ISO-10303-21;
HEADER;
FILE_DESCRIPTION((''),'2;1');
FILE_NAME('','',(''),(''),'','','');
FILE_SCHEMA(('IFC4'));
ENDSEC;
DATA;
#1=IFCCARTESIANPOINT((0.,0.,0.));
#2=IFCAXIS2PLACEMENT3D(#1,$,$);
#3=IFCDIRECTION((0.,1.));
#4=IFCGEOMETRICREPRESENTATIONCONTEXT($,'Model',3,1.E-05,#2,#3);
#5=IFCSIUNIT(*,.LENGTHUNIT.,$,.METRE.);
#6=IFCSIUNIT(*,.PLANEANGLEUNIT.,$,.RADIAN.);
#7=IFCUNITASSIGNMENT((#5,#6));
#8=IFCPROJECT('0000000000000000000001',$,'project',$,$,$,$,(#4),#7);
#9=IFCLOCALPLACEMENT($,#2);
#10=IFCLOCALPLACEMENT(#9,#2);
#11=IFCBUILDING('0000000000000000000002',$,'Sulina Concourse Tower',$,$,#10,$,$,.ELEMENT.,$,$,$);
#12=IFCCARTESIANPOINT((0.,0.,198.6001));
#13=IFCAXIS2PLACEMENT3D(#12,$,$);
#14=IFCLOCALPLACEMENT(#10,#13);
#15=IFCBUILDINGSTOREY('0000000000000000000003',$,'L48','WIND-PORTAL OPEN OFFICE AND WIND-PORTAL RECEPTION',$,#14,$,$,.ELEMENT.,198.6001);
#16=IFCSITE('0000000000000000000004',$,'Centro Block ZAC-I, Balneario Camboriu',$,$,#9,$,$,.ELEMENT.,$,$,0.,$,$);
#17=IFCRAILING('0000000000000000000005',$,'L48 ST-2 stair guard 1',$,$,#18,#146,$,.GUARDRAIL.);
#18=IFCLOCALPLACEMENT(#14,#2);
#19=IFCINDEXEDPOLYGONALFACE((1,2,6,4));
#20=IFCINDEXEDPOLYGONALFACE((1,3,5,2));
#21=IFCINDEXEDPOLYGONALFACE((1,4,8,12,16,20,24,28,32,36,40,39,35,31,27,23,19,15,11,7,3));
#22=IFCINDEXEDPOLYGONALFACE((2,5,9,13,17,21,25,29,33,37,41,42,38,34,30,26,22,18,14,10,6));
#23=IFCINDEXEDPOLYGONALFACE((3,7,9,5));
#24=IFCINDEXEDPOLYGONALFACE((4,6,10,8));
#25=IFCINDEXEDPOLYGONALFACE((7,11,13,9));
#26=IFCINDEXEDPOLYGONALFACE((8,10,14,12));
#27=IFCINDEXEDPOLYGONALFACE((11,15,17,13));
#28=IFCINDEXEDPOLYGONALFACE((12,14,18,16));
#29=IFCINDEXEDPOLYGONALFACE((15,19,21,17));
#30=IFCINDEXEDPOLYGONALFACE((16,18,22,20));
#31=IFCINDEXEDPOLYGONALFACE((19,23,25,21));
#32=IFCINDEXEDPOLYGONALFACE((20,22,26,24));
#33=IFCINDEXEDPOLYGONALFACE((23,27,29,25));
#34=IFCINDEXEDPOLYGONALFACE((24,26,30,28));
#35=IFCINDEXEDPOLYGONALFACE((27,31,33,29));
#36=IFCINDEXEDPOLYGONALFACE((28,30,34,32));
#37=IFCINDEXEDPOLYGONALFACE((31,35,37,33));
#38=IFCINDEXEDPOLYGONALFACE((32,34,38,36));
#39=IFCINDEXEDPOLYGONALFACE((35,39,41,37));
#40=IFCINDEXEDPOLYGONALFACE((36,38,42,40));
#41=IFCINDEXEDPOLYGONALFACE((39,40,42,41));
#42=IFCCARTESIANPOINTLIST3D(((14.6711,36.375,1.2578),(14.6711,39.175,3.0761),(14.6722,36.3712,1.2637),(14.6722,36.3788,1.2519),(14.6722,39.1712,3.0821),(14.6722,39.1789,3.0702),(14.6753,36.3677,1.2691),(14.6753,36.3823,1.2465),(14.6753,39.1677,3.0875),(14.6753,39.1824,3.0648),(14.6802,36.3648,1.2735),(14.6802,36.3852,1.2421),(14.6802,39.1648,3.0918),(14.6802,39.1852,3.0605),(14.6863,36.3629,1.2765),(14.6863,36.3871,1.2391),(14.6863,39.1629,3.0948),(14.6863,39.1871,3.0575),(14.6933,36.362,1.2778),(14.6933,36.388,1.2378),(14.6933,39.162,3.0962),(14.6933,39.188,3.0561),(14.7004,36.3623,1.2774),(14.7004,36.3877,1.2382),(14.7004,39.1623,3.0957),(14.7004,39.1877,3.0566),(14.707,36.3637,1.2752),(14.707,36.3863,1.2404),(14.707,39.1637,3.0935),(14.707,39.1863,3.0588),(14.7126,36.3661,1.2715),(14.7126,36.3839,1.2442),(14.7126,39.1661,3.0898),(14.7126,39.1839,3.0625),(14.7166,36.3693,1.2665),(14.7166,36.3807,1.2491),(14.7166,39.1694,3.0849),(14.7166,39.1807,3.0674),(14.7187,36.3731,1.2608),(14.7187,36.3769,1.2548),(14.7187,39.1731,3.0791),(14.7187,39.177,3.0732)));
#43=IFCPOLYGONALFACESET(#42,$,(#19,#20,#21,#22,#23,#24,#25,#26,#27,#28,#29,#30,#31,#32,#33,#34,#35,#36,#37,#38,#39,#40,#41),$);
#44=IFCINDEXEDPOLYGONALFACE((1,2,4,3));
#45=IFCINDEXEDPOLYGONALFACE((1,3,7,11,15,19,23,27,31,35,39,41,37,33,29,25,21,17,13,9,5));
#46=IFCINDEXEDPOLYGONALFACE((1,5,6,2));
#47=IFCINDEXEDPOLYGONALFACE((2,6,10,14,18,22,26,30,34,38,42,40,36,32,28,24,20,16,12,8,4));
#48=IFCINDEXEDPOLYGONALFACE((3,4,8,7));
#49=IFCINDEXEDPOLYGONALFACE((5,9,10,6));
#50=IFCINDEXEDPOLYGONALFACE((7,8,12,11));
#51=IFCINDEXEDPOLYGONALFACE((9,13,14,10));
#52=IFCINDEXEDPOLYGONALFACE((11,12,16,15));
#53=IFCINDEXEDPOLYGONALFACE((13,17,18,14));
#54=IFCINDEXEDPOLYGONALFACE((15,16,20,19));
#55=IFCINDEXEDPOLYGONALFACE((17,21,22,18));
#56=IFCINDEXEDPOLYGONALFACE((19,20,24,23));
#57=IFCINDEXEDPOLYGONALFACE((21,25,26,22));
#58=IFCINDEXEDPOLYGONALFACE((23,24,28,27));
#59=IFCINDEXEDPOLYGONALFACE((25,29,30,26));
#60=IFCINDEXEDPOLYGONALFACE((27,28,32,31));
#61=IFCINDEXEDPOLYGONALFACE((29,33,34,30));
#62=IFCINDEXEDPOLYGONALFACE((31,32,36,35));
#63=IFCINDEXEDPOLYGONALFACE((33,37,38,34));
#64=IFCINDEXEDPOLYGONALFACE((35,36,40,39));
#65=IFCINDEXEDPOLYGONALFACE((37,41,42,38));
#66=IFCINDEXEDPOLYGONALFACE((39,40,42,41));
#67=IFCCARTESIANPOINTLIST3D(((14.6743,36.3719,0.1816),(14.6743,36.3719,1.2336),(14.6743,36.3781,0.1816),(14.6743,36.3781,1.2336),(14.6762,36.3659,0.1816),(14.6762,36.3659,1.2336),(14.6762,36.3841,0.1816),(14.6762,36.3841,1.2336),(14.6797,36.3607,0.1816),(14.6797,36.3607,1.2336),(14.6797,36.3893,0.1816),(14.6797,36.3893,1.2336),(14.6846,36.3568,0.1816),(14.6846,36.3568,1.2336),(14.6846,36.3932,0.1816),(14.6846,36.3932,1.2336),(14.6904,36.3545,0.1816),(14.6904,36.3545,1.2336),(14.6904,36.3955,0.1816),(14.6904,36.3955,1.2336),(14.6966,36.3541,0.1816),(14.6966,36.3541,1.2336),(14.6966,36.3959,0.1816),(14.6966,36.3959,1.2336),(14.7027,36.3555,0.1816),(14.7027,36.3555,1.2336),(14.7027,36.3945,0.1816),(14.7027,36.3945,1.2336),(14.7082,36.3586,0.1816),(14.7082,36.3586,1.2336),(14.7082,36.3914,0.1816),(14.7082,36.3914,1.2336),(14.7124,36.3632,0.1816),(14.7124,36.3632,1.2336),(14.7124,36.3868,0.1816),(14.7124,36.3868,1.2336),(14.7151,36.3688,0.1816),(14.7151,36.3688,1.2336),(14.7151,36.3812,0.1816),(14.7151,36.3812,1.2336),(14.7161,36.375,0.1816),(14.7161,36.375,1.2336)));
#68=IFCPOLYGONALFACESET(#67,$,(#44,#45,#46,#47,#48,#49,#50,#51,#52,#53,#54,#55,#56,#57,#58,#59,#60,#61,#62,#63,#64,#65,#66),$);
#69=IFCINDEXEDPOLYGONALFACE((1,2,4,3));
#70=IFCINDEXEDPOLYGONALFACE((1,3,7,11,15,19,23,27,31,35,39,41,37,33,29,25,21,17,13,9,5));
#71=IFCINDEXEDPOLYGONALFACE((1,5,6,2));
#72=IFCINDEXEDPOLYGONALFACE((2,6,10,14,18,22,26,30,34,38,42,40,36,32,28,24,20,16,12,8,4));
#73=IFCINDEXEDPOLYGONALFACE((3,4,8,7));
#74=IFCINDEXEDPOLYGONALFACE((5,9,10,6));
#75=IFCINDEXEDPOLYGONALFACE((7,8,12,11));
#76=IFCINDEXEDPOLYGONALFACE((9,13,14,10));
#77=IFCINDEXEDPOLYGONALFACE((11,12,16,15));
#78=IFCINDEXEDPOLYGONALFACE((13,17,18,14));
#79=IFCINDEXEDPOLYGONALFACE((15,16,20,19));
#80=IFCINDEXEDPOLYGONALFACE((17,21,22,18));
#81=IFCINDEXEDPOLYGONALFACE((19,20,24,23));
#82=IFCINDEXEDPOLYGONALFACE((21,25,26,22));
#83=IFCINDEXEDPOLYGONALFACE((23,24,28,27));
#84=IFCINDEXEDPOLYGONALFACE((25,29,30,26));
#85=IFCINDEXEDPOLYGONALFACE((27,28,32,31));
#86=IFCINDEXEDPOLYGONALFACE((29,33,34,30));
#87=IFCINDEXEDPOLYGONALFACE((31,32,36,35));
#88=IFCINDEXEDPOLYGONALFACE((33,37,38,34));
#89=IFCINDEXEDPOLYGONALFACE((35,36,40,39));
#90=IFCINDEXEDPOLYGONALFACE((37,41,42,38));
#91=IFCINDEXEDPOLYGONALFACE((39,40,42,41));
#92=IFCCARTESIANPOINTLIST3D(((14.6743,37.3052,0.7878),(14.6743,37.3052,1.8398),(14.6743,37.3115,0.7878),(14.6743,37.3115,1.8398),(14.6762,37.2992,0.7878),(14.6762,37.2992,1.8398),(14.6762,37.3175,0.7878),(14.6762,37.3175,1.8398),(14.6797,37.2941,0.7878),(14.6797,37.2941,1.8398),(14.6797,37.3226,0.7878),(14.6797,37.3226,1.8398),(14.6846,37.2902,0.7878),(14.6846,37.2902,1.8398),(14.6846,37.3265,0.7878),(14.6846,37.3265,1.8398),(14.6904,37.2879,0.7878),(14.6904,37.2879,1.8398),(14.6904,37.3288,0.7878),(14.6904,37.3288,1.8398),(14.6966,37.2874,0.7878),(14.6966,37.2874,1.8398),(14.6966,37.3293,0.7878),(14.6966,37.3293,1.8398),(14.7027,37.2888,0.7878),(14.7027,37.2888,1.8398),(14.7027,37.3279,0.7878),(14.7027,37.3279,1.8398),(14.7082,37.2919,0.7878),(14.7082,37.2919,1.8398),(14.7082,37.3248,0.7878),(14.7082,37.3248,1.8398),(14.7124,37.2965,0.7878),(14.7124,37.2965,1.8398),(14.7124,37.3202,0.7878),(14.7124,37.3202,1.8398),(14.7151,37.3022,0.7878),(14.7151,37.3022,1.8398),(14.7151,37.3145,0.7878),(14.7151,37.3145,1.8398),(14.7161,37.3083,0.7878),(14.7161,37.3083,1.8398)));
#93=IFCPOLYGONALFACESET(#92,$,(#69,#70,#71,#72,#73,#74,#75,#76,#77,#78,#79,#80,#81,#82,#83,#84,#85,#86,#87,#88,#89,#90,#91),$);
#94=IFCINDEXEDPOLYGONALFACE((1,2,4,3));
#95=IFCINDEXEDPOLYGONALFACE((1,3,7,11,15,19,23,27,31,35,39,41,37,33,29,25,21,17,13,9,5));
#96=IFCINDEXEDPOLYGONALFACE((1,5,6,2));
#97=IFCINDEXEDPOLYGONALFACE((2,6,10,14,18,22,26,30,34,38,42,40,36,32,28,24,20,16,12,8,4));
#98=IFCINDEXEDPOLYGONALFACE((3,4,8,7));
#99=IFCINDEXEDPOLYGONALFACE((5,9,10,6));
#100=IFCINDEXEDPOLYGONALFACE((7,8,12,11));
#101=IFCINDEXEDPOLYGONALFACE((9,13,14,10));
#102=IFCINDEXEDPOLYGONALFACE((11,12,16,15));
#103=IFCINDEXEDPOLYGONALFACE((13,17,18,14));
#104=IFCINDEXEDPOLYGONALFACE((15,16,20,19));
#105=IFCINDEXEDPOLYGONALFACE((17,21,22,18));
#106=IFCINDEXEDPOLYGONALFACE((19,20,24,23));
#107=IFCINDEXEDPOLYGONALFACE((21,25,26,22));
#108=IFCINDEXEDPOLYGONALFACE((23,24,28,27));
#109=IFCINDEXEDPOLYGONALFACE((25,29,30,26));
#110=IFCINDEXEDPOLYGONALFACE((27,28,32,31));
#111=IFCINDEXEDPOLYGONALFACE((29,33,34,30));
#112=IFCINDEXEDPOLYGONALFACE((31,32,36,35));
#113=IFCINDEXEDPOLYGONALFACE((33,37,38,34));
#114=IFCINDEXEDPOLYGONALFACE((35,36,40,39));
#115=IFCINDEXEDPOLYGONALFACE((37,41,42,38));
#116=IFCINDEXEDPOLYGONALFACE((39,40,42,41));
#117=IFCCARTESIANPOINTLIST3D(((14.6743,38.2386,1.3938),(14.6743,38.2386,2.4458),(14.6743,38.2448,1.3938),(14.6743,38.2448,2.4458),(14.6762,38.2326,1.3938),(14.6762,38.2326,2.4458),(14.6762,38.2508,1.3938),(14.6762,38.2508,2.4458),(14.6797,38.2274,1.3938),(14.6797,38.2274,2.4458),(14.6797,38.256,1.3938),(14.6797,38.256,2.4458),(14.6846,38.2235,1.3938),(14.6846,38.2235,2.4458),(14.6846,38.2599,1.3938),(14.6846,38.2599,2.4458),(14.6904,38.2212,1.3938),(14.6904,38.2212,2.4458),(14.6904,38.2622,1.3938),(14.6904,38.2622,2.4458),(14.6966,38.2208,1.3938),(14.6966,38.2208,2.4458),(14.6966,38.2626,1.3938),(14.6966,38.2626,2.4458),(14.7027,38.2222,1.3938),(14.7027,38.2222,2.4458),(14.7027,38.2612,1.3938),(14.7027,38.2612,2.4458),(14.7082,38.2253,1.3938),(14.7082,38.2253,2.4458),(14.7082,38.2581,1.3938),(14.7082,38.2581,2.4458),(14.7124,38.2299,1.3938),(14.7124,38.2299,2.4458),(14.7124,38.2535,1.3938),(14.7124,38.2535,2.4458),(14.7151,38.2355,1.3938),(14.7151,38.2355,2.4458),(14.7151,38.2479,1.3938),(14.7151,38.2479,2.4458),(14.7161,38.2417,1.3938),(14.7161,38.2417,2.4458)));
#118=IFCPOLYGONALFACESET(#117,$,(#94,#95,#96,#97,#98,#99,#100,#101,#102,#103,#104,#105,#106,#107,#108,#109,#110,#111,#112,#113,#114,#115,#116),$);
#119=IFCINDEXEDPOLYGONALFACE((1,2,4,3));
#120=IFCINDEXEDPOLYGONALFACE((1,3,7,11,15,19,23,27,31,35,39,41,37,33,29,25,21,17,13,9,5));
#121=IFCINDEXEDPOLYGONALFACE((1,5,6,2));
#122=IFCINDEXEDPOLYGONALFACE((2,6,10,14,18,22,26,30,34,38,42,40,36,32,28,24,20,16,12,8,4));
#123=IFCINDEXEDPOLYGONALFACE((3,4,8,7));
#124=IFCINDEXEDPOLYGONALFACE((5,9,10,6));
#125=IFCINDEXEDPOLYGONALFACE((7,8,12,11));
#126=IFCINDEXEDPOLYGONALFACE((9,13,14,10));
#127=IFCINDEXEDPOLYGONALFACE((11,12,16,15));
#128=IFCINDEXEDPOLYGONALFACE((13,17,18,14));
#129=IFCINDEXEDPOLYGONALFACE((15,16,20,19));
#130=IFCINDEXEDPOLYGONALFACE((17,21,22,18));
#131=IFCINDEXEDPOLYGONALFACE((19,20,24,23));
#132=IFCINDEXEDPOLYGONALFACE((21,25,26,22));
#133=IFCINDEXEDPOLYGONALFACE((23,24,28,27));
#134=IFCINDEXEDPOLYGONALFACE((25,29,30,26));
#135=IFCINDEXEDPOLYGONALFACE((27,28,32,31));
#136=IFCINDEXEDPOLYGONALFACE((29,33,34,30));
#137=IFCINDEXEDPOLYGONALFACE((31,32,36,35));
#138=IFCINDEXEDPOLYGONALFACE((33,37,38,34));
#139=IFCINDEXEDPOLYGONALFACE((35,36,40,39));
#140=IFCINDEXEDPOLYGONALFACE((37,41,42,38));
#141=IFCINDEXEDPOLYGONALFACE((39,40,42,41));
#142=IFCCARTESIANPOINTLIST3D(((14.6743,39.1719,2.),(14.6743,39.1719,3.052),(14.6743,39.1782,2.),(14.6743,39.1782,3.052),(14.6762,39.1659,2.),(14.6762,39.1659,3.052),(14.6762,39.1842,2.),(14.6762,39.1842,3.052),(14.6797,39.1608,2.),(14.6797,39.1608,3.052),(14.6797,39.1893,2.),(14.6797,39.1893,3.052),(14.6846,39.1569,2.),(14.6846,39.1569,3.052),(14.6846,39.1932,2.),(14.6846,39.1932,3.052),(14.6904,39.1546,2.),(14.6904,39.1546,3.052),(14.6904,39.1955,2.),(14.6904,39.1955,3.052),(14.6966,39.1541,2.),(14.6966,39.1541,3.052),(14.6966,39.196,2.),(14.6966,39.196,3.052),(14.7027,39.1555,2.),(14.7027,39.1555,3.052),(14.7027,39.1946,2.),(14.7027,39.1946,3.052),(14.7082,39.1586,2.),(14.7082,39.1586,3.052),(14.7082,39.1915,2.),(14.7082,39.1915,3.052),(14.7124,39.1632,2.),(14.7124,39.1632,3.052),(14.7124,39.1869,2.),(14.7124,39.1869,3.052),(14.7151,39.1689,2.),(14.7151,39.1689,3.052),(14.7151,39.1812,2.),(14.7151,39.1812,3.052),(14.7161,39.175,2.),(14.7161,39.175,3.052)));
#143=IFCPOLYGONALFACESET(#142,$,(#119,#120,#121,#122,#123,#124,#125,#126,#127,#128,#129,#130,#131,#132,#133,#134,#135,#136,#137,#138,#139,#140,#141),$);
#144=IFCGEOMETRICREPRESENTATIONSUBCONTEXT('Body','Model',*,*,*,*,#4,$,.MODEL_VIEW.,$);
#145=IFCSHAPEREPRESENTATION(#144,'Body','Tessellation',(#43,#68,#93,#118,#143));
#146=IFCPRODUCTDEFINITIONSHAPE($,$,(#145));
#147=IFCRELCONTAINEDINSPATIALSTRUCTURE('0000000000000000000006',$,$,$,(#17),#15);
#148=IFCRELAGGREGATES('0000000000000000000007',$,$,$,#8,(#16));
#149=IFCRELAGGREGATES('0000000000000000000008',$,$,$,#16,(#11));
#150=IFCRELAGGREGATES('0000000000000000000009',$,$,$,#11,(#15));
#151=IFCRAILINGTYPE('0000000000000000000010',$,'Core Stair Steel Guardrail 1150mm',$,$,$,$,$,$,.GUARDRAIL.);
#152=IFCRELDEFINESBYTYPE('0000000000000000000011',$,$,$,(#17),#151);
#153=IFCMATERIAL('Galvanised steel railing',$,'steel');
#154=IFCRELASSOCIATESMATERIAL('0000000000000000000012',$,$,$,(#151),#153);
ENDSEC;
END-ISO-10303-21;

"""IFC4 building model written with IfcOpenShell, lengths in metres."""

from ifc_helpers import new_model, si_unit, direction, frame, origin, origin_2d, place, context, subcontext, project, spatial, circle, extrude, material, type_object, element, save


model = new_model("IFC4")

# Units and contexts
model_context = context("Model", 3, precision=1e-05, world=origin(), true_north=direction((0.0, 1.0)))
body_context = subcontext(model_context, "Body", "Model", "MODEL_VIEW")
ifc_project = project(units=[si_unit("LENGTHUNIT", "METRE"), si_unit("PLANEANGLEUNIT", "RADIAN")], contexts=[model_context])

# Site, building, storey
site_placement = place(None, origin())
site = spatial("IfcSite", under=ifc_project, at=site_placement, Name="Centro Block ZAC-I, Balneario Camboriu", CompositionType="ELEMENT", RefElevation=0.0)
building_placement = place(site_placement, origin())
building = spatial("IfcBuilding", under=site, at=building_placement, Name="Sulina Concourse Tower", CompositionType="ELEMENT")
storey_placement = place(building_placement, frame((0.0, 0.0, 198.6001)))
storey = spatial("IfcBuildingStorey", under=building, at=storey_placement, Name="L48", Description="WIND-PORTAL OPEN OFFICE AND WIND-PORTAL RECEPTION", CompositionType="ELEMENT", Elevation=198.6001)

# Railing
ifc_material_1 = material(Name="Galvanised steel railing", Category="steel")
railing_type_1 = type_object("IfcRailingType", Name="Core Stair Steel Guardrail 1150mm", PredefinedType="GUARDRAIL", material=ifc_material_1)
railing_1_placement = place(storey_placement, frame((14.6951, 36.375, 0.1816)))
element("IfcRailing", 1, at=railing_1_placement, inside=storey, type_object=railing_type_1, Name="L48 ST-2 stair guard 1", PredefinedType="GUARDRAIL", context=body_context, shape_type="SweptSolid", body=[
    extrude(circle(Radius=0.0239, at=origin_2d()), frame((0.0, 0.0, 1.0762), z_axis=(0.0, 0.838672, 0.544636), x_axis=(-1.0, 0.0, 0.0)), (0.0, 0.0, 1.0), 3.3386),
    extrude(circle(Radius=0.021, at=origin_2d()), origin(), (0.0, 0.0, 1.0), 1.052),
    extrude(circle(Radius=0.021, at=origin_2d()), frame((0.0, 0.9333, 0.6062)), (0.0, 0.0, 1.0), 1.052),
    extrude(circle(Radius=0.021, at=origin_2d()), frame((0.0, 1.8667, 1.2122)), (0.0, 0.0, 1.0), 1.052),
    extrude(circle(Radius=0.021, at=origin_2d()), frame((0.0, 2.8, 1.8184)), (0.0, 0.0, 1.0), 1.052),
])

save(model, "model.ifc")
